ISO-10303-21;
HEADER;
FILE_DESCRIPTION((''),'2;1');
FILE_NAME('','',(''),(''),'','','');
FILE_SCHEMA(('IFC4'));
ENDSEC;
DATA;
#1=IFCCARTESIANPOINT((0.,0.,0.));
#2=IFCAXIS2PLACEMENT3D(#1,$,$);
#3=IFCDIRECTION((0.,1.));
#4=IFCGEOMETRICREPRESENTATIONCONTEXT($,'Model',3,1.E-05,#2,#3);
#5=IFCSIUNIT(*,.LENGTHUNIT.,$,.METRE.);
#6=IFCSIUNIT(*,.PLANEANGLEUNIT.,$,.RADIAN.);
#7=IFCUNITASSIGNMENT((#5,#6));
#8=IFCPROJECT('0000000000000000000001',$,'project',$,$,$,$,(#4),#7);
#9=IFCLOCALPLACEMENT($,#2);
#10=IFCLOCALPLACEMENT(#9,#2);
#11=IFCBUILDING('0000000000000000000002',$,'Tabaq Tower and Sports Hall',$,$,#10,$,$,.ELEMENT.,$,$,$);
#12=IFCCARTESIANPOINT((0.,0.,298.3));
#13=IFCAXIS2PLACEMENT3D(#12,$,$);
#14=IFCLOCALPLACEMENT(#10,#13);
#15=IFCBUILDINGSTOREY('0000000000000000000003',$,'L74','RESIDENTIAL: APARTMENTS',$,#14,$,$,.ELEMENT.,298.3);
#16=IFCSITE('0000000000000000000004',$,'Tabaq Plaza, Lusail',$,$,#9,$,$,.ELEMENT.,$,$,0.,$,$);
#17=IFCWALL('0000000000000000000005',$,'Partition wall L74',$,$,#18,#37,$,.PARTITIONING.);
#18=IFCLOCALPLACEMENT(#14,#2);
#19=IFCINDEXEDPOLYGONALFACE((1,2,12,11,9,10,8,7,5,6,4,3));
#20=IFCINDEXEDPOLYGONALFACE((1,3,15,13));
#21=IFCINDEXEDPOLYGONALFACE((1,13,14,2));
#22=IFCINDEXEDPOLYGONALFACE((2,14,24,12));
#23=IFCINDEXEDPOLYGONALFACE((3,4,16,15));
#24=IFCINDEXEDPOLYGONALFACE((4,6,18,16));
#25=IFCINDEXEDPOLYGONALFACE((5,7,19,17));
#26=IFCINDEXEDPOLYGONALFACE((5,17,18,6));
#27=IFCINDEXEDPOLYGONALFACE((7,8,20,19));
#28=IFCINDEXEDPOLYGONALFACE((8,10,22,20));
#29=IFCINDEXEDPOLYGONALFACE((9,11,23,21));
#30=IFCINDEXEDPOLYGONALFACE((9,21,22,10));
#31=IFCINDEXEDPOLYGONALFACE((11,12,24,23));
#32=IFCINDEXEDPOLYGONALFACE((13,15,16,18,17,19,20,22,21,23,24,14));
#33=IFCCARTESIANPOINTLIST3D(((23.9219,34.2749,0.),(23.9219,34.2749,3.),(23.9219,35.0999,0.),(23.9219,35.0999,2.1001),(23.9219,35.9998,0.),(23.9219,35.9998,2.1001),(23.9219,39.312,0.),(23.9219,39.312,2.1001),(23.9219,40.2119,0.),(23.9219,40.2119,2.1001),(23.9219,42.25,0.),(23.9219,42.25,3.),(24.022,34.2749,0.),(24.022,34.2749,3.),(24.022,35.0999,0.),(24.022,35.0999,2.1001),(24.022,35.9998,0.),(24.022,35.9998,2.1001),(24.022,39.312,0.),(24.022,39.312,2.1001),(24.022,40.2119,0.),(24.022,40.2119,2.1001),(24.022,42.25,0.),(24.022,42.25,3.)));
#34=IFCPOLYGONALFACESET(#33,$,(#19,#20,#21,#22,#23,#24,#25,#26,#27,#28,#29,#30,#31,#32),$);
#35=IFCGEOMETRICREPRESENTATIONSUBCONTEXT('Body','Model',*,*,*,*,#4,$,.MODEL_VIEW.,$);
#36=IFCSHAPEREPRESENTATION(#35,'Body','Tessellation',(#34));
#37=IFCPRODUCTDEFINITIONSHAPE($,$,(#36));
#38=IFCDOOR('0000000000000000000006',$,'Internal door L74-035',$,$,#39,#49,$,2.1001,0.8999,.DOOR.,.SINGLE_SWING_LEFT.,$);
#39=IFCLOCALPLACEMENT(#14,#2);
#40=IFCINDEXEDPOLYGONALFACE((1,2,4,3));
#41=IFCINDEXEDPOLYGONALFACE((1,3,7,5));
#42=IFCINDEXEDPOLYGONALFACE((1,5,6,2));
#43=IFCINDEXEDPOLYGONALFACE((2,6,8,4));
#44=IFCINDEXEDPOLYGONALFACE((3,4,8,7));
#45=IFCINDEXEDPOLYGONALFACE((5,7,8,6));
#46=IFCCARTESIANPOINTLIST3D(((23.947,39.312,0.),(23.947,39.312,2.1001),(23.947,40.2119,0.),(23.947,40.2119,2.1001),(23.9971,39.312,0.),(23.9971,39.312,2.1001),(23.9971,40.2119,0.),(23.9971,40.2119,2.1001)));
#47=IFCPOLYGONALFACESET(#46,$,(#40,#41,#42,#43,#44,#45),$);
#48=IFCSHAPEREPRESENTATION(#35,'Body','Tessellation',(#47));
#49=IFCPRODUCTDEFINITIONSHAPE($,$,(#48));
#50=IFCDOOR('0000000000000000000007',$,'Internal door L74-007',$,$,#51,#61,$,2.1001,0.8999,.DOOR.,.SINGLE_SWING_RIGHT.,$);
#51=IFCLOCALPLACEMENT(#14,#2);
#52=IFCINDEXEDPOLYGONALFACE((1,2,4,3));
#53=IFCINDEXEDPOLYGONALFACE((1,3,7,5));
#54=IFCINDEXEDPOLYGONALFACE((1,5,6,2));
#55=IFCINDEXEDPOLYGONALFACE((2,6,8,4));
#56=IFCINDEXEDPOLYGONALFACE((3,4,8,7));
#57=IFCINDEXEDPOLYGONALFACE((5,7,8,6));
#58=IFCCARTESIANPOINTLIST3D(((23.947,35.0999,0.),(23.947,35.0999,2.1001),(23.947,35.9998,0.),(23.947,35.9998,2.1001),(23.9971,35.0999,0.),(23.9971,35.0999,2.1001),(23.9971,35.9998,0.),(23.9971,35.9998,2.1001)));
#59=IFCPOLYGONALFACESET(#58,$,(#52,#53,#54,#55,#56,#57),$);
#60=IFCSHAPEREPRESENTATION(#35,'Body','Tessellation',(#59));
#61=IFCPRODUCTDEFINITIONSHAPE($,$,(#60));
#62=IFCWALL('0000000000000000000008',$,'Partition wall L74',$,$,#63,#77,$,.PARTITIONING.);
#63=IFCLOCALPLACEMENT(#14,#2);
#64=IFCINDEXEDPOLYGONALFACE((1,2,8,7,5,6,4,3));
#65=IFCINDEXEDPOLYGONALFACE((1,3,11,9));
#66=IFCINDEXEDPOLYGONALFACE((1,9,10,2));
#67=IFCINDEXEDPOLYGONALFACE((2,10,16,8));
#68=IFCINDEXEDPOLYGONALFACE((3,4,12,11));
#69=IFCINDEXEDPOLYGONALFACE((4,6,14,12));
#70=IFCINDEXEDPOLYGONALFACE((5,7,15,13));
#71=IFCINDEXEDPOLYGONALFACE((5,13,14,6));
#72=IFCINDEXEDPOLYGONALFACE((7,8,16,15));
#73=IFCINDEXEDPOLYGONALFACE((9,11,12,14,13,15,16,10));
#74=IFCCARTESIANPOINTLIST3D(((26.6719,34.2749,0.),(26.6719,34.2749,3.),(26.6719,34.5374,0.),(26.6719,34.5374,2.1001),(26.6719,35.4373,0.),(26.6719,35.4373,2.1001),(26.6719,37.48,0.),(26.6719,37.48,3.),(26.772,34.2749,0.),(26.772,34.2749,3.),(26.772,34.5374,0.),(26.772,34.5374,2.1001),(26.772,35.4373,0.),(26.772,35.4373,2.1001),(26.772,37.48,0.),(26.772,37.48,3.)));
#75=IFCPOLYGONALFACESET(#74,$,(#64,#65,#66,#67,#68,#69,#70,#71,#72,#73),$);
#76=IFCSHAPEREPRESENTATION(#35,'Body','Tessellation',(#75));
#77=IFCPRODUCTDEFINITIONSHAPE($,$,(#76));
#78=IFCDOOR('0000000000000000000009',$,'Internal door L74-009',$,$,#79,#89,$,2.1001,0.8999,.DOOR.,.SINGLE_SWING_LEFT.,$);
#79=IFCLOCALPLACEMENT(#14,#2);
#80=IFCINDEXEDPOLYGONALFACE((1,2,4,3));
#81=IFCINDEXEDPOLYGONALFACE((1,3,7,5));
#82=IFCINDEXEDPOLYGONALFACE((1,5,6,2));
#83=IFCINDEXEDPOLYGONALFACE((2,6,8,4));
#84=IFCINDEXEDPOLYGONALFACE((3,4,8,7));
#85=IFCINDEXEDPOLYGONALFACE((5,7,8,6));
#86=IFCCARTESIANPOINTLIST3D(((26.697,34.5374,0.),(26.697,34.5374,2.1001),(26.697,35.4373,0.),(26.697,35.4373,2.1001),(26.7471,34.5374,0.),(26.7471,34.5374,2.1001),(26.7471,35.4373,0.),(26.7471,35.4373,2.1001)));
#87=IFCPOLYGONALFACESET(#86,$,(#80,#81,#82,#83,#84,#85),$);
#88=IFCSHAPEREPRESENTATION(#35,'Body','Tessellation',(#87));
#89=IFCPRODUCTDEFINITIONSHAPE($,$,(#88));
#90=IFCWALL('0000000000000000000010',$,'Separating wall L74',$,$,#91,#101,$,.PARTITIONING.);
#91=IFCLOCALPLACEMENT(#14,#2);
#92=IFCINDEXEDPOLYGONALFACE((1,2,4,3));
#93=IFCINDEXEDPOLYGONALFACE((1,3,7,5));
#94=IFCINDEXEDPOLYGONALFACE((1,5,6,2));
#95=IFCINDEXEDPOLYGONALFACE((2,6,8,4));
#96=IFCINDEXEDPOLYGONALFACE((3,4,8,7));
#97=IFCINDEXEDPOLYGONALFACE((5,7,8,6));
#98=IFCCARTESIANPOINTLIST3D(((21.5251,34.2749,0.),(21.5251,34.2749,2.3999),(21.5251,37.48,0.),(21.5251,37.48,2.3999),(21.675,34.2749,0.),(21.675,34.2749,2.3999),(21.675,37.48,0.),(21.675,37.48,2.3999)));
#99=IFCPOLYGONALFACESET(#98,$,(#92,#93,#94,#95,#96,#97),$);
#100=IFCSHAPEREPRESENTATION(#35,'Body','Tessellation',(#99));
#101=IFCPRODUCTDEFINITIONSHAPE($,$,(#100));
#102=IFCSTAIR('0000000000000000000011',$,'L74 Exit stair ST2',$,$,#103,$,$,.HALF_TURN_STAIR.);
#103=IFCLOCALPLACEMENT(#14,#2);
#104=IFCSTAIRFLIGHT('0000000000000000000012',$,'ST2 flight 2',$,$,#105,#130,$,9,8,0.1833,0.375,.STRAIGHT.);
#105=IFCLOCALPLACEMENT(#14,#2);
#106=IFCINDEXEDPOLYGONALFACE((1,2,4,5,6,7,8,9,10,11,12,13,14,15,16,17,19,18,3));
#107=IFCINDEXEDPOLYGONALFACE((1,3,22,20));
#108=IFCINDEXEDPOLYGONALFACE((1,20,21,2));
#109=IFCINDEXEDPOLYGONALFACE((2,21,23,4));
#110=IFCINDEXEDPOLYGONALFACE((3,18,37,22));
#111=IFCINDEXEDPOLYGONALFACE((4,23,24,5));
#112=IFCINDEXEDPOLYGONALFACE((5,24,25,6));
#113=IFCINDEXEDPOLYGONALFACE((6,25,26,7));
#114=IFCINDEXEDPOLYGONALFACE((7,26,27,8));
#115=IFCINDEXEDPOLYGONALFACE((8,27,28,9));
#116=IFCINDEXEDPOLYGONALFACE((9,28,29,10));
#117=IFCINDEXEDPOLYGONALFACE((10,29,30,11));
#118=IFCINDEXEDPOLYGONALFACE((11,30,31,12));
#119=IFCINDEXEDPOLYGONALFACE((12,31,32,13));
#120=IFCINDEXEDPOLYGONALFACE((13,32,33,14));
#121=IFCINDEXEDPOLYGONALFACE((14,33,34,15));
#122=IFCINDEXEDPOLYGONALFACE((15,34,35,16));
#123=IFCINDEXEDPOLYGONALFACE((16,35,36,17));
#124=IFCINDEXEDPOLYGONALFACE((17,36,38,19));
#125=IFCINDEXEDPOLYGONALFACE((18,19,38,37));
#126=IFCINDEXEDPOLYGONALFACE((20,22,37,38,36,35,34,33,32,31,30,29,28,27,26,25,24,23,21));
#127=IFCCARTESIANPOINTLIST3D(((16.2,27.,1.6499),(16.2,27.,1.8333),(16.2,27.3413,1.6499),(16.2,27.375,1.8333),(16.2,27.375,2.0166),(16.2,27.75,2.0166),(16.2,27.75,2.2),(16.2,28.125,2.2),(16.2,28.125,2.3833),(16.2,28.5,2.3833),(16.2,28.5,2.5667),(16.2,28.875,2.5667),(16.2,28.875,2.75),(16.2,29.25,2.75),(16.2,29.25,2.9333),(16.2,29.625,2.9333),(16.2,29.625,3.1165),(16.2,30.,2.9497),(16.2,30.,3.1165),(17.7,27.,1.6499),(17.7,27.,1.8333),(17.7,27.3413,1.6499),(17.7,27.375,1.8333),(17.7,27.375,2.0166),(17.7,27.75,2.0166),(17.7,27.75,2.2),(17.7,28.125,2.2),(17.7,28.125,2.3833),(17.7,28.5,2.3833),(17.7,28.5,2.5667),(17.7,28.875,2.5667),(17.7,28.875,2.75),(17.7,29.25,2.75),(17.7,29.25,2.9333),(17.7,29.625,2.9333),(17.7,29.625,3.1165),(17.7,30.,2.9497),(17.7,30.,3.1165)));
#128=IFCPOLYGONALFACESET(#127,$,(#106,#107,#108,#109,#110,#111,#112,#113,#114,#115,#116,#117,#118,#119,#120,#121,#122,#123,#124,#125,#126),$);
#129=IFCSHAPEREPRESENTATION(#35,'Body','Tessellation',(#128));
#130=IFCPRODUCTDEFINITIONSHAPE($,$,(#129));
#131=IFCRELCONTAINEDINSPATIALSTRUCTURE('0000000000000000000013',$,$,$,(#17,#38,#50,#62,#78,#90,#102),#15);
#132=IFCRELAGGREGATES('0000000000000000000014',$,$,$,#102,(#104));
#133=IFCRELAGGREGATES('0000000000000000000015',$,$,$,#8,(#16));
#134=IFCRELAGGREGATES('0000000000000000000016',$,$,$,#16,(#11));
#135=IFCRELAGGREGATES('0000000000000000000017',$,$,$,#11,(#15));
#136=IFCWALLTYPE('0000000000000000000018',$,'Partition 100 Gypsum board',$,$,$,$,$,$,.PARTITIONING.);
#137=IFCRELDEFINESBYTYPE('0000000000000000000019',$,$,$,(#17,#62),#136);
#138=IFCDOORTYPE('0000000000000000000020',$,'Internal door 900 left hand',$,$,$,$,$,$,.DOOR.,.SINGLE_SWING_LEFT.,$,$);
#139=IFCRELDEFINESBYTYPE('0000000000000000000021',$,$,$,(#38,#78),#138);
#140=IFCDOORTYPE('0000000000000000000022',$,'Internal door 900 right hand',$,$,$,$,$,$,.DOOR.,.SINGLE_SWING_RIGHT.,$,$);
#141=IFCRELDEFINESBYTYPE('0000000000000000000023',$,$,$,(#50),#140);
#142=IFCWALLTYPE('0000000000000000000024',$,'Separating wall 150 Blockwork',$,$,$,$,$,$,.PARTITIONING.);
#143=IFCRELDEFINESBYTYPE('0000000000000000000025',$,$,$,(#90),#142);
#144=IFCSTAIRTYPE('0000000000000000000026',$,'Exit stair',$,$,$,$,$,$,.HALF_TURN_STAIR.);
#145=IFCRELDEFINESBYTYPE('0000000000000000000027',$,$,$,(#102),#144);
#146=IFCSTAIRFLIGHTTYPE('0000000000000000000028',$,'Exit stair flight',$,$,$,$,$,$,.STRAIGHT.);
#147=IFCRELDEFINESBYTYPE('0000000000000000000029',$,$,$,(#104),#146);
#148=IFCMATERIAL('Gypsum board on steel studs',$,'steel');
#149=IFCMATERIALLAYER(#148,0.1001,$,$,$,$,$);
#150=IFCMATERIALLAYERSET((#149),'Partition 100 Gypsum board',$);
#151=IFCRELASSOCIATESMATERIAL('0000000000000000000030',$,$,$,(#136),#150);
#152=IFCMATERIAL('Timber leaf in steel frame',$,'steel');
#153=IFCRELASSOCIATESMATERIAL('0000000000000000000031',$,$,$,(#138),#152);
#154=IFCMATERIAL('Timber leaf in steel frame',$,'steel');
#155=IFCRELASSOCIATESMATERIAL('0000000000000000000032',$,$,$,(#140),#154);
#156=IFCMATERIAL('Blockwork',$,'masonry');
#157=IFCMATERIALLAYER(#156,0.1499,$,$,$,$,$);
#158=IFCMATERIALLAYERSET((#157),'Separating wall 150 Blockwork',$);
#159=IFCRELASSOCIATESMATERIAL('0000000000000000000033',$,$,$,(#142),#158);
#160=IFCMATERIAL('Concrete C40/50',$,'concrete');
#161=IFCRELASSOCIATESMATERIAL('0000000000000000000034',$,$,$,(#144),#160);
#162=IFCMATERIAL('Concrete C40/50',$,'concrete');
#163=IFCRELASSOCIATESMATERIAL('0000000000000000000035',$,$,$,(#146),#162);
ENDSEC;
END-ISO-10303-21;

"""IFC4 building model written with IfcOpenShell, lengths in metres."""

from ifc_helpers import new_model, si_unit, direction, frame, frame_2d, origin, place, context, subcontext, project, spatial, polyline, rectangle, outline, extrude, material, layer, layer_set, type_object, element, fill, aggregate, save


model = new_model("IFC4")

# Units and contexts
model_context = context("Model", 3, precision=1e-05, world=origin(), true_north=direction((0.0, 1.0)))
body_context = subcontext(model_context, "Body", "Model", "MODEL_VIEW")
ifc_project = project(units=[si_unit("LENGTHUNIT", "METRE"), si_unit("PLANEANGLEUNIT", "RADIAN")], contexts=[model_context])

# Site, building, storey
site_placement = place(None, origin())
site = spatial("IfcSite", under=ifc_project, at=site_placement, Name="Tabaq Plaza, Lusail", CompositionType="ELEMENT", RefElevation=0.0)
building_placement = place(site_placement, origin())
building = spatial("IfcBuilding", under=site, at=building_placement, Name="Tabaq Tower and Sports Hall", CompositionType="ELEMENT")
storey_placement = place(building_placement, frame((0.0, 0.0, 298.3)))
storey = spatial("IfcBuildingStorey", under=building, at=storey_placement, Name="L74", Description="RESIDENTIAL: APARTMENTS", CompositionType="ELEMENT", Elevation=298.3)

# Shared definitions
ifc_material_1 = material(Name="Gypsum board on steel studs", Category="steel")
ifc_layer_1 = layer(ifc_material_1, 0.1001)
ifc_layer_set_1 = layer_set([ifc_layer_1], Name="Partition 100 Gypsum board")
wall_type_1 = type_object("IfcWallType", Name="Partition 100 Gypsum board", PredefinedType="PARTITIONING", material=ifc_layer_set_1)

# Wall, openings, doors
wall_1_placement = place(storey_placement, frame((23.9719, 34.2749, 0.0), z_axis=(0.0, 0.0, 1.0), x_axis=(0.0, 1.0, 0.0)))
wall_1 = element("IfcWall", 1, at=wall_1_placement, inside=storey, type_object=wall_type_1, Name="Partition wall L74", PredefinedType="PARTITIONING", context=body_context, shape_type="SweptSolid", body=[
    extrude(rectangle(XDim=7.9751, YDim=0.1001, at=frame_2d((3.9875, 0.0))), origin(), (0.0, 0.0, 1.0), 3.0),
])
opening_1_placement = place(wall_1_placement, frame((0.825, 0.0, 0.0)))
opening_1 = element("IfcOpeningElement", 2, at=opening_1_placement, cuts=wall_1, PredefinedType="OPENING", context=body_context, shape_type="SweptSolid", body=[
    extrude(rectangle(XDim=0.8999, YDim=2.1001, at=frame_2d((0.45, 1.05))), frame((0.0, 0.05, 0.0), z_axis=(0.0, -1.0, 0.0), x_axis=(1.0, 0.0, 0.0)), (0.0, 0.0, 1.0), 0.1001),
])
opening_2_placement = place(wall_1_placement, frame((5.0371, 0.0, 0.0)))
opening_2 = element("IfcOpeningElement", 3, at=opening_2_placement, cuts=wall_1, PredefinedType="OPENING", context=body_context, shape_type="SweptSolid", body=[
    extrude(rectangle(XDim=0.8999, YDim=2.1001, at=frame_2d((0.45, 1.05))), frame((0.0, 0.05, 0.0), z_axis=(0.0, -1.0, 0.0), x_axis=(1.0, 0.0, 0.0)), (0.0, 0.0, 1.0), 0.1001),
])
ifc_material_2 = material(Name="Timber leaf in steel frame", Category="steel")
door_type_1 = type_object("IfcDoorType", Name="Internal door 900 left hand", OperationType="SINGLE_SWING_LEFT", PredefinedType="DOOR", material=ifc_material_2)
door_1_placement = place(opening_2_placement, origin())
door_1 = element("IfcDoor", 4, at=door_1_placement, inside=storey, type_object=door_type_1, Name="Internal door L74-035", OperationType="SINGLE_SWING_LEFT", OverallHeight=2.1001, OverallWidth=0.8999, PredefinedType="DOOR", context=body_context, shape_type="SweptSolid", body=[
    extrude(rectangle(XDim=0.8999, YDim=2.1001, at=frame_2d((0.45, 1.05))), frame((0.0, 0.0249, 0.0), z_axis=(0.0, -1.0, 0.0), x_axis=(1.0, 0.0, 0.0)), (0.0, 0.0, 1.0), 0.05),
])
fill(opening_2, door_1)
ifc_material_3 = material(Name="Timber leaf in steel frame", Category="steel")
door_type_2 = type_object("IfcDoorType", Name="Internal door 900 right hand", OperationType="SINGLE_SWING_RIGHT", PredefinedType="DOOR", material=ifc_material_3)
door_2_placement = place(opening_1_placement, origin())
door_2 = element("IfcDoor", 5, at=door_2_placement, inside=storey, type_object=door_type_2, Name="Internal door L74-007", OperationType="SINGLE_SWING_RIGHT", OverallHeight=2.1001, OverallWidth=0.8999, PredefinedType="DOOR", context=body_context, shape_type="SweptSolid", body=[
    extrude(rectangle(XDim=0.8999, YDim=2.1001, at=frame_2d((0.45, 1.05))), frame((0.0, 0.0249, 0.0), z_axis=(0.0, -1.0, 0.0), x_axis=(1.0, 0.0, 0.0)), (0.0, 0.0, 1.0), 0.05),
])
fill(opening_1, door_2)

# Wall, opening, door
wall_2_placement = place(storey_placement, frame((26.7219, 34.2749, 0.0), z_axis=(0.0, 0.0, 1.0), x_axis=(0.0, 1.0, 0.0)))
wall_2 = element("IfcWall", 6, at=wall_2_placement, inside=storey, type_object=wall_type_1, Name="Partition wall L74", PredefinedType="PARTITIONING", context=body_context, shape_type="SweptSolid", body=[
    extrude(rectangle(XDim=3.2051, YDim=0.1001, at=frame_2d((1.6025, 0.0))), origin(), (0.0, 0.0, 1.0), 3.0),
])
opening_3_placement = place(wall_2_placement, frame((0.2625, 0.0, 0.0)))
opening_3 = element("IfcOpeningElement", 7, at=opening_3_placement, cuts=wall_2, PredefinedType="OPENING", context=body_context, shape_type="SweptSolid", body=[
    extrude(rectangle(XDim=0.8999, YDim=2.1001, at=frame_2d((0.45, 1.05))), frame((0.0, 0.05, 0.0), z_axis=(0.0, -1.0, 0.0), x_axis=(1.0, 0.0, 0.0)), (0.0, 0.0, 1.0), 0.1001),
])
door_3_placement = place(opening_3_placement, origin())
door_3 = element("IfcDoor", 8, at=door_3_placement, inside=storey, type_object=door_type_1, Name="Internal door L74-009", OperationType="SINGLE_SWING_LEFT", OverallHeight=2.1001, OverallWidth=0.8999, PredefinedType="DOOR", context=body_context, shape_type="SweptSolid", body=[
    extrude(rectangle(XDim=0.8999, YDim=2.1001, at=frame_2d((0.45, 1.05))), frame((0.0, 0.0249, 0.0), z_axis=(0.0, -1.0, 0.0), x_axis=(1.0, 0.0, 0.0)), (0.0, 0.0, 1.0), 0.05),
])
fill(opening_3, door_3)

# Wall
ifc_material_4 = material(Name="Blockwork", Category="masonry")
ifc_layer_2 = layer(ifc_material_4, 0.1499)
ifc_layer_set_2 = layer_set([ifc_layer_2], Name="Separating wall 150 Blockwork")
wall_type_2 = type_object("IfcWallType", Name="Separating wall 150 Blockwork", PredefinedType="PARTITIONING", material=ifc_layer_set_2)
wall_3_placement = place(storey_placement, frame((21.6001, 34.2749, 0.0), z_axis=(0.0, 0.0, 1.0), x_axis=(0.0, 1.0, 0.0)))
element("IfcWall", 9, at=wall_3_placement, inside=storey, type_object=wall_type_2, Name="Separating wall L74", PredefinedType="PARTITIONING", context=body_context, shape_type="SweptSolid", body=[
    extrude(rectangle(XDim=3.2051, YDim=0.1499, at=frame_2d((1.6025, 0.0))), origin(), (0.0, 0.0, 1.0), 2.3999),
])

# Stair, stair flight
ifc_material_5 = material(Name="Concrete C40/50", Category="concrete")
stair_type = type_object("IfcStairType", Name="Exit stair", PredefinedType="HALF_TURN_STAIR", material=ifc_material_5)
stair_placement = place(storey_placement, origin())
stair = element("IfcStair", 10, at=stair_placement, inside=storey, type_object=stair_type, Name="L74 Exit stair ST2", PredefinedType="HALF_TURN_STAIR")
ifc_material_6 = material(Name="Concrete C40/50", Category="concrete")
stair_flight_type = type_object("IfcStairFlightType", Name="Exit stair flight", PredefinedType="STRAIGHT", material=ifc_material_6)
stair_flight_placement = place(storey_placement, frame((16.95, 27.0, 1.6499), z_axis=(0.0, 0.0, 1.0), x_axis=(0.0, 1.0, 0.0)))
stair_flight = element("IfcStairFlight", 11, at=stair_flight_placement, type_object=stair_flight_type, Name="ST2 flight 2", NumberOfRisers=9, NumberOfTreads=8, PredefinedType="STRAIGHT", RiserHeight=0.1833, TreadLength=0.375, context=body_context, shape_type="SweptSolid", body=[
    extrude(outline(polyline([(0.0, 0.0), (0.0, 0.1833), (0.375, 0.1833), (0.375, 0.3667), (0.75, 0.3667), (0.75, 0.55), (1.125, 0.55), (1.125, 0.7334), (1.5, 0.7334), (1.5, 0.9167), (1.875, 0.9167), (1.875, 1.1001), (2.25, 1.1001), (2.25, 1.2834), (2.625, 1.2834), (2.625, 1.4666), (3.0, 1.4666), (3.0, 1.6499), (3.0, 1.2998), (0.3413, 0.0), (0.0, 0.0)])), frame((0.0, 0.75, 0.0), z_axis=(0.0, -1.0, 0.0), x_axis=(1.0, 0.0, 0.0)), (0.0, 0.0, 1.0), 1.5),
])
aggregate(stair, [stair_flight])

save(model, "model.ifc")
